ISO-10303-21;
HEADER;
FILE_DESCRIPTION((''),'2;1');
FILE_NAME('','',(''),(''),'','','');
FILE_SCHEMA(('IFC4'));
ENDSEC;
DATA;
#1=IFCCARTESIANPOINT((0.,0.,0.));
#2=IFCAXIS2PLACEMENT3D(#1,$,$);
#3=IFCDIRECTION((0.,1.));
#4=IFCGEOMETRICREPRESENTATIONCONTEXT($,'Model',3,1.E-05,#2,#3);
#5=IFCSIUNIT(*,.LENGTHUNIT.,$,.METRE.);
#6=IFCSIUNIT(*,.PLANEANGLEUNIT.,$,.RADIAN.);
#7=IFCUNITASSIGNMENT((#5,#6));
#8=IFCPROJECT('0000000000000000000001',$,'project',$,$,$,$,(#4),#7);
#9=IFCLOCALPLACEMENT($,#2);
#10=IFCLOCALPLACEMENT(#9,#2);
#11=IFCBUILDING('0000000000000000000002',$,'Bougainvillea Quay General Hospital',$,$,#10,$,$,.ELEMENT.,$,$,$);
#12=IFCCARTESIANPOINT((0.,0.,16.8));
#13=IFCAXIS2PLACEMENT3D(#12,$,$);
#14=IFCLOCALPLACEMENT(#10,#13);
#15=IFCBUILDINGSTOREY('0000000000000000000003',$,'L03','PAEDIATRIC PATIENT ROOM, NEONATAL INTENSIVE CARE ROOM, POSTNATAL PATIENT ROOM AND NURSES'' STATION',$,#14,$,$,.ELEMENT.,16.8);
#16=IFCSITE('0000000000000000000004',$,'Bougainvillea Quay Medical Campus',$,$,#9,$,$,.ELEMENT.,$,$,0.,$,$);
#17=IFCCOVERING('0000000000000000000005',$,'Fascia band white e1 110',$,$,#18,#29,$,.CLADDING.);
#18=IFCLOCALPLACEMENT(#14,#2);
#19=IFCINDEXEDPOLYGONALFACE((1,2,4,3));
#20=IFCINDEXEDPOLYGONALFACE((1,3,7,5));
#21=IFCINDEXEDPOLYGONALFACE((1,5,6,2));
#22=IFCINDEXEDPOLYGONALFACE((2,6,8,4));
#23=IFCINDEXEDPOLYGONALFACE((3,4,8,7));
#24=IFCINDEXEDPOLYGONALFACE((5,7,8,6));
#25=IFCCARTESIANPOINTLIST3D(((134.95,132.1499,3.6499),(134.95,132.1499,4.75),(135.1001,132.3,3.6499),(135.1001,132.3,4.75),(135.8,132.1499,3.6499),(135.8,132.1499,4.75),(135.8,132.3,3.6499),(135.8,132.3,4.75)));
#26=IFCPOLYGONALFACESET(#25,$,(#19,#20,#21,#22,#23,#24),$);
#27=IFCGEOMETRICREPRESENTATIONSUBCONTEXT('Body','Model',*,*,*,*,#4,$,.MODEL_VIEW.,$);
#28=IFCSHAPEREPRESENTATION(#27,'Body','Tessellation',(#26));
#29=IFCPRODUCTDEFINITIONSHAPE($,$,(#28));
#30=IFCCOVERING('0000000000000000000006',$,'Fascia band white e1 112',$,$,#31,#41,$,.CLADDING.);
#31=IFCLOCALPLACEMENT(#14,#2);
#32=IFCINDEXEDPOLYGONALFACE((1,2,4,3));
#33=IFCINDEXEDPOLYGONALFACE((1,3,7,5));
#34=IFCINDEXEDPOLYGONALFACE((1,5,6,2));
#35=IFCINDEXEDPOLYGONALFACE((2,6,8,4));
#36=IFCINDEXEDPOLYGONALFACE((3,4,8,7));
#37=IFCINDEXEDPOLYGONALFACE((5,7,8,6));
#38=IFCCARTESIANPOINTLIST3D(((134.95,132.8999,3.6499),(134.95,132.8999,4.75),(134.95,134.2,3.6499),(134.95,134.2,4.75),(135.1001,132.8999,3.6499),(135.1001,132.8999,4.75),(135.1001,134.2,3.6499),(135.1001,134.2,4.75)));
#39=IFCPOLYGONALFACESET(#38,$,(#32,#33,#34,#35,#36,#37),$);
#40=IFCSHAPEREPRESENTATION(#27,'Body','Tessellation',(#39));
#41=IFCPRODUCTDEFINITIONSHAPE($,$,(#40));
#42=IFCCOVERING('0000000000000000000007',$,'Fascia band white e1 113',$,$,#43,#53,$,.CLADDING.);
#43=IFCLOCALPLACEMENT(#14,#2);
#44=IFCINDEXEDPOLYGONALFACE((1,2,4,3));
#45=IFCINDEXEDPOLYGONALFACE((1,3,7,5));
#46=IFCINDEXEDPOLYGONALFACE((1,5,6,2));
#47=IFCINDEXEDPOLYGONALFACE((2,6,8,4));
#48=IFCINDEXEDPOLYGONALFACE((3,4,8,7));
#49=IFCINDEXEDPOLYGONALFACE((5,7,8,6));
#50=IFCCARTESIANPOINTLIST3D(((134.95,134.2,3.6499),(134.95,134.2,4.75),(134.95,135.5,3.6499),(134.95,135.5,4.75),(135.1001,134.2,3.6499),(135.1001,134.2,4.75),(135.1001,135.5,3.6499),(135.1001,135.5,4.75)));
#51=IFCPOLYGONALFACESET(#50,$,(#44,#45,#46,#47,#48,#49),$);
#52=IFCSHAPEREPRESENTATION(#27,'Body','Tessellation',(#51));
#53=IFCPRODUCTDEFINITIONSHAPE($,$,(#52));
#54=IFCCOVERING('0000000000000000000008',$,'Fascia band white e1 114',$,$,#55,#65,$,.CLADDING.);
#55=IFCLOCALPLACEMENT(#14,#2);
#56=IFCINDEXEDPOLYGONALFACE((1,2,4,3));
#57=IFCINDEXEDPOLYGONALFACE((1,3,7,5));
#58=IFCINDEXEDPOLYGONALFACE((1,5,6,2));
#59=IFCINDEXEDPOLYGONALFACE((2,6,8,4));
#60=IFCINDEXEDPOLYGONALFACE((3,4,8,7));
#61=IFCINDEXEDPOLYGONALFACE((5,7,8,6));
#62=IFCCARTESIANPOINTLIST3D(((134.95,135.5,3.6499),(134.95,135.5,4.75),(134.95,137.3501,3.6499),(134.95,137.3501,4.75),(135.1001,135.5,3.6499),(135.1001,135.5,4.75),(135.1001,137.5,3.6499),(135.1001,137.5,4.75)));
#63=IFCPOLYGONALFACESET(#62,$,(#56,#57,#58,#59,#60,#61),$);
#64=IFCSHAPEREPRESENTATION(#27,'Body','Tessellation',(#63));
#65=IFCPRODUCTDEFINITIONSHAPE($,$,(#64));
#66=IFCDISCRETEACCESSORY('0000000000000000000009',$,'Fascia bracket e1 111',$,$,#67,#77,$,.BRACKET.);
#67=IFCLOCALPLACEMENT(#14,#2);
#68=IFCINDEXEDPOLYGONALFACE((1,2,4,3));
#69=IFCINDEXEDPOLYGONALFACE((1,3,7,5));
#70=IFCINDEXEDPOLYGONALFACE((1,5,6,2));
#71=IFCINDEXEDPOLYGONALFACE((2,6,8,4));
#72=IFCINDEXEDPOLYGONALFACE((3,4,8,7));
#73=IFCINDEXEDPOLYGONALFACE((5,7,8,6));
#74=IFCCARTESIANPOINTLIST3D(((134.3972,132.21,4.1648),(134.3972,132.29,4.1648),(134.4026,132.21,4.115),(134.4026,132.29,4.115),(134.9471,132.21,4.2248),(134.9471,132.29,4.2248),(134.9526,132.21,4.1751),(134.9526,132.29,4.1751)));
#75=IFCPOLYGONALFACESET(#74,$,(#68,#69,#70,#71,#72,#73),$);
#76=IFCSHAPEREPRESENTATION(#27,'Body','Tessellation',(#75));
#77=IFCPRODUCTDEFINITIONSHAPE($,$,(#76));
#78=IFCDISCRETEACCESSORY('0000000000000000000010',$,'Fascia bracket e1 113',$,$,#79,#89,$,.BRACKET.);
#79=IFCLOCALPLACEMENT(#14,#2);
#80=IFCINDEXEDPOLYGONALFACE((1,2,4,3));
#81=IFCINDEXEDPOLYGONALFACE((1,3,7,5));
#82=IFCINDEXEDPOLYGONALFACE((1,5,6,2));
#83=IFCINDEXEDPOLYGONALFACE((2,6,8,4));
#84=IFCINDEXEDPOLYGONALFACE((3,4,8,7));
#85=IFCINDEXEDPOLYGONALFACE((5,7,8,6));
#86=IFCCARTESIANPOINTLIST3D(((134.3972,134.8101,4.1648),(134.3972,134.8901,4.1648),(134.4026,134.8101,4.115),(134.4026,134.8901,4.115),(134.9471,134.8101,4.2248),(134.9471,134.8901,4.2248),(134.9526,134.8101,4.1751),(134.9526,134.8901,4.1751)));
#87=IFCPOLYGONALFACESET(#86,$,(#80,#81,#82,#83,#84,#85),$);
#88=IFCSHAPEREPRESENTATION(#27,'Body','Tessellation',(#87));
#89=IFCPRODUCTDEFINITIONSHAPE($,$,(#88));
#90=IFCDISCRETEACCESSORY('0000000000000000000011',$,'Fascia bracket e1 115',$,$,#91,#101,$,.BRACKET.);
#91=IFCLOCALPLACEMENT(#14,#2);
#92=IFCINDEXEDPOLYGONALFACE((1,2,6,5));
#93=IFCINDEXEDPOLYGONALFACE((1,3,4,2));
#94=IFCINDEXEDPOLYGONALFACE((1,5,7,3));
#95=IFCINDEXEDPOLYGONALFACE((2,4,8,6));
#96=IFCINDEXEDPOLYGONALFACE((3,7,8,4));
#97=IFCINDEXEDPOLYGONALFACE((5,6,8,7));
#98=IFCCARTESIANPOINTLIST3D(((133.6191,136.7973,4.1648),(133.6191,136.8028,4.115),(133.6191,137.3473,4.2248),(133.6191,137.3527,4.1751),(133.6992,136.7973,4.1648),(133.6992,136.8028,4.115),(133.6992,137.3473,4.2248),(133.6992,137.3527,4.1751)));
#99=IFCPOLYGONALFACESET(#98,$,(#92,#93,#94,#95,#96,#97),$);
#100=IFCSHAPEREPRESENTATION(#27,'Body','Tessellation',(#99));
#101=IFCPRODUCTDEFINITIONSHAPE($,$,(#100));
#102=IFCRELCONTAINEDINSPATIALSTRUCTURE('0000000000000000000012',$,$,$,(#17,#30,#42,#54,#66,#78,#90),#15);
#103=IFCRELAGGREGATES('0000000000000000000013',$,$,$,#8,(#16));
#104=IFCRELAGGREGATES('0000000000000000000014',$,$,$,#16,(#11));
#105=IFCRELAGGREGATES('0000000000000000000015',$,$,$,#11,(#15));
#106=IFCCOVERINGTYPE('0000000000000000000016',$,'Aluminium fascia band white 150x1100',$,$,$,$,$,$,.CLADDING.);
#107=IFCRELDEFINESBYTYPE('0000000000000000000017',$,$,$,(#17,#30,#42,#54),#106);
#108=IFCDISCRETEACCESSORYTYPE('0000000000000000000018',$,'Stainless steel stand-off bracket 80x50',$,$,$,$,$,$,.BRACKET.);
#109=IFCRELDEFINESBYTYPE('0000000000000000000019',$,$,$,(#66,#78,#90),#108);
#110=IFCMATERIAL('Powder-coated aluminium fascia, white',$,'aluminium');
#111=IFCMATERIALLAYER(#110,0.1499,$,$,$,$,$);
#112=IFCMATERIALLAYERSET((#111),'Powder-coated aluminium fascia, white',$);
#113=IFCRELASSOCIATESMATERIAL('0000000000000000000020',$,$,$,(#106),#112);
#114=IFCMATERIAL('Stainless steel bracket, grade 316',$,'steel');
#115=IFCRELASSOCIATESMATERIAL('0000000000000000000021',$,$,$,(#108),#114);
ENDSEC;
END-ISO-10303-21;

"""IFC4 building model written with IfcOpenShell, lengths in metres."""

from ifc_helpers import new_model, si_unit, direction, frame, origin, origin_2d, place, context, subcontext, project, spatial, polyline, rectangle, outline, extrude, material, layer, layer_set, material_profile, profile_set, type_object, element, save


model = new_model("IFC4")

# Units and contexts
model_context = context("Model", 3, precision=1e-05, world=origin(), true_north=direction((0.0, 1.0)))
body_context = subcontext(model_context, "Body", "Model", "MODEL_VIEW")
ifc_project = project(units=[si_unit("LENGTHUNIT", "METRE"), si_unit("PLANEANGLEUNIT", "RADIAN")], contexts=[model_context])

# Site, building, storey
site_placement = place(None, origin())
site = spatial("IfcSite", under=ifc_project, at=site_placement, Name="Bougainvillea Quay Medical Campus", CompositionType="ELEMENT", RefElevation=0.0)
building_placement = place(site_placement, origin())
building = spatial("IfcBuilding", under=site, at=building_placement, Name="Bougainvillea Quay General Hospital", CompositionType="ELEMENT")
storey_placement = place(building_placement, frame((0.0, 0.0, 16.8)))
storey = spatial("IfcBuildingStorey", under=building, at=storey_placement, Name="L03", Description="PAEDIATRIC PATIENT ROOM, NEONATAL INTENSIVE CARE ROOM, POSTNATAL PATIENT ROOM AND NURSES' STATION", CompositionType="ELEMENT", Elevation=16.8)

# Coverings
ifc_material_1 = material(Name="Powder-coated aluminium fascia, white", Category="aluminium")
ifc_layer_1 = layer(ifc_material_1, 0.1499)
ifc_layer_set_1 = layer_set([ifc_layer_1], Name="Powder-coated aluminium fascia, white")
covering_type = type_object("IfcCoveringType", Name="Aluminium fascia band white 150x1100", PredefinedType="CLADDING", material=ifc_layer_set_1)
covering_1_placement = place(storey_placement, frame((135.8, 132.1499, 3.6499), z_axis=(0.0, 0.0, 1.0), x_axis=(-1.0, 0.0, 0.0)))
element("IfcCovering", 1, at=covering_1_placement, inside=storey, type_object=covering_type, Name="Fascia band white e1 110", PredefinedType="CLADDING", context=body_context, shape_type="SweptSolid", body=[
    extrude(outline(polyline([(0.0, 0.0), (0.8501, 0.0), (0.7, -0.1501), (0.0, -0.1501), (0.0, 0.0)])), origin(), (0.0, 0.0, 1.0), 1.1001),
])
for number, where, z_axis, x_axis, name in (
    (2, (134.95, 132.8999, 3.6499), (0.0, 0.0, 1.0), (0.0, 1.0, 0.0), "Fascia band white e1 112"),
    (3, (134.95, 134.2, 3.6499), (0.0, 0.0, 1.0), (0.0, 1.0, 0.0), "Fascia band white e1 113"),
):
    element("IfcCovering", number, at=place(storey_placement, frame(where, z_axis=z_axis, x_axis=x_axis)), inside=storey, type_object=covering_type, Name=name, PredefinedType="CLADDING", context=body_context, shape_type="SweptSolid", body=[
        extrude(outline(polyline([(0.0, 0.0), (1.3, 0.0), (1.3, -0.1501), (0.0, -0.1501), (0.0, 0.0)])), origin(), (0.0, 0.0, 1.0), 1.1001),
    ])
covering_2_placement = place(storey_placement, frame((134.95, 135.5, 3.6499), z_axis=(0.0, 0.0, 1.0), x_axis=(0.0, 1.0, 0.0)))
element("IfcCovering", 4, at=covering_2_placement, inside=storey, type_object=covering_type, Name="Fascia band white e1 114", PredefinedType="CLADDING", context=body_context, shape_type="SweptSolid", body=[
    extrude(outline(polyline([(0.0, 0.0), (1.8501, 0.0), (2.0, -0.1501), (0.0, -0.1501), (0.0, 0.0)])), origin(), (0.0, 0.0, 1.0), 1.1001),
])

# Discrete accessories
ifc_material_2 = material(Name="Stainless steel bracket, grade 316", Category="steel")
ifc_material_profile_1 = material_profile(ifc_material_2, rectangle(XDim=0.0801, YDim=0.05, at=origin_2d()))
ifc_profile_set_1 = profile_set([ifc_material_profile_1], Name="Stainless steel bracket, grade 316")
discrete_accessory_type = type_object("IfcDiscreteAccessoryType", Name="Stainless steel stand-off bracket 80x50", PredefinedType="BRACKET", material=ifc_profile_set_1)
for number, where, z_axis, x_axis, name in (
    (5, (134.3999, 132.25, 4.1399), (0.994092, 0.0, 0.108543), (0.0, 1.0, 0.0), "Fascia bracket e1 111"),
    (6, (134.3999, 134.8501, 4.1399), (0.994092, 0.0, 0.108543), (0.0, 1.0, 0.0), "Fascia bracket e1 113"),
    (7, (133.6592, 136.8, 4.1399), (0.0, 0.994092, 0.108543), (-1.0, 0.0, 0.0), "Fascia bracket e1 115"),
):
    element("IfcDiscreteAccessory", number, at=place(storey_placement, frame(where, z_axis=z_axis, x_axis=x_axis)), inside=storey, type_object=discrete_accessory_type, Name=name, PredefinedType="BRACKET", context=body_context, shape_type="SweptSolid", body=[
        extrude(rectangle(XDim=0.0801, YDim=0.05, at=origin_2d()), origin(), (0.0, 0.0, 1.0), 0.5532),
    ])

save(model, "model.ifc")
